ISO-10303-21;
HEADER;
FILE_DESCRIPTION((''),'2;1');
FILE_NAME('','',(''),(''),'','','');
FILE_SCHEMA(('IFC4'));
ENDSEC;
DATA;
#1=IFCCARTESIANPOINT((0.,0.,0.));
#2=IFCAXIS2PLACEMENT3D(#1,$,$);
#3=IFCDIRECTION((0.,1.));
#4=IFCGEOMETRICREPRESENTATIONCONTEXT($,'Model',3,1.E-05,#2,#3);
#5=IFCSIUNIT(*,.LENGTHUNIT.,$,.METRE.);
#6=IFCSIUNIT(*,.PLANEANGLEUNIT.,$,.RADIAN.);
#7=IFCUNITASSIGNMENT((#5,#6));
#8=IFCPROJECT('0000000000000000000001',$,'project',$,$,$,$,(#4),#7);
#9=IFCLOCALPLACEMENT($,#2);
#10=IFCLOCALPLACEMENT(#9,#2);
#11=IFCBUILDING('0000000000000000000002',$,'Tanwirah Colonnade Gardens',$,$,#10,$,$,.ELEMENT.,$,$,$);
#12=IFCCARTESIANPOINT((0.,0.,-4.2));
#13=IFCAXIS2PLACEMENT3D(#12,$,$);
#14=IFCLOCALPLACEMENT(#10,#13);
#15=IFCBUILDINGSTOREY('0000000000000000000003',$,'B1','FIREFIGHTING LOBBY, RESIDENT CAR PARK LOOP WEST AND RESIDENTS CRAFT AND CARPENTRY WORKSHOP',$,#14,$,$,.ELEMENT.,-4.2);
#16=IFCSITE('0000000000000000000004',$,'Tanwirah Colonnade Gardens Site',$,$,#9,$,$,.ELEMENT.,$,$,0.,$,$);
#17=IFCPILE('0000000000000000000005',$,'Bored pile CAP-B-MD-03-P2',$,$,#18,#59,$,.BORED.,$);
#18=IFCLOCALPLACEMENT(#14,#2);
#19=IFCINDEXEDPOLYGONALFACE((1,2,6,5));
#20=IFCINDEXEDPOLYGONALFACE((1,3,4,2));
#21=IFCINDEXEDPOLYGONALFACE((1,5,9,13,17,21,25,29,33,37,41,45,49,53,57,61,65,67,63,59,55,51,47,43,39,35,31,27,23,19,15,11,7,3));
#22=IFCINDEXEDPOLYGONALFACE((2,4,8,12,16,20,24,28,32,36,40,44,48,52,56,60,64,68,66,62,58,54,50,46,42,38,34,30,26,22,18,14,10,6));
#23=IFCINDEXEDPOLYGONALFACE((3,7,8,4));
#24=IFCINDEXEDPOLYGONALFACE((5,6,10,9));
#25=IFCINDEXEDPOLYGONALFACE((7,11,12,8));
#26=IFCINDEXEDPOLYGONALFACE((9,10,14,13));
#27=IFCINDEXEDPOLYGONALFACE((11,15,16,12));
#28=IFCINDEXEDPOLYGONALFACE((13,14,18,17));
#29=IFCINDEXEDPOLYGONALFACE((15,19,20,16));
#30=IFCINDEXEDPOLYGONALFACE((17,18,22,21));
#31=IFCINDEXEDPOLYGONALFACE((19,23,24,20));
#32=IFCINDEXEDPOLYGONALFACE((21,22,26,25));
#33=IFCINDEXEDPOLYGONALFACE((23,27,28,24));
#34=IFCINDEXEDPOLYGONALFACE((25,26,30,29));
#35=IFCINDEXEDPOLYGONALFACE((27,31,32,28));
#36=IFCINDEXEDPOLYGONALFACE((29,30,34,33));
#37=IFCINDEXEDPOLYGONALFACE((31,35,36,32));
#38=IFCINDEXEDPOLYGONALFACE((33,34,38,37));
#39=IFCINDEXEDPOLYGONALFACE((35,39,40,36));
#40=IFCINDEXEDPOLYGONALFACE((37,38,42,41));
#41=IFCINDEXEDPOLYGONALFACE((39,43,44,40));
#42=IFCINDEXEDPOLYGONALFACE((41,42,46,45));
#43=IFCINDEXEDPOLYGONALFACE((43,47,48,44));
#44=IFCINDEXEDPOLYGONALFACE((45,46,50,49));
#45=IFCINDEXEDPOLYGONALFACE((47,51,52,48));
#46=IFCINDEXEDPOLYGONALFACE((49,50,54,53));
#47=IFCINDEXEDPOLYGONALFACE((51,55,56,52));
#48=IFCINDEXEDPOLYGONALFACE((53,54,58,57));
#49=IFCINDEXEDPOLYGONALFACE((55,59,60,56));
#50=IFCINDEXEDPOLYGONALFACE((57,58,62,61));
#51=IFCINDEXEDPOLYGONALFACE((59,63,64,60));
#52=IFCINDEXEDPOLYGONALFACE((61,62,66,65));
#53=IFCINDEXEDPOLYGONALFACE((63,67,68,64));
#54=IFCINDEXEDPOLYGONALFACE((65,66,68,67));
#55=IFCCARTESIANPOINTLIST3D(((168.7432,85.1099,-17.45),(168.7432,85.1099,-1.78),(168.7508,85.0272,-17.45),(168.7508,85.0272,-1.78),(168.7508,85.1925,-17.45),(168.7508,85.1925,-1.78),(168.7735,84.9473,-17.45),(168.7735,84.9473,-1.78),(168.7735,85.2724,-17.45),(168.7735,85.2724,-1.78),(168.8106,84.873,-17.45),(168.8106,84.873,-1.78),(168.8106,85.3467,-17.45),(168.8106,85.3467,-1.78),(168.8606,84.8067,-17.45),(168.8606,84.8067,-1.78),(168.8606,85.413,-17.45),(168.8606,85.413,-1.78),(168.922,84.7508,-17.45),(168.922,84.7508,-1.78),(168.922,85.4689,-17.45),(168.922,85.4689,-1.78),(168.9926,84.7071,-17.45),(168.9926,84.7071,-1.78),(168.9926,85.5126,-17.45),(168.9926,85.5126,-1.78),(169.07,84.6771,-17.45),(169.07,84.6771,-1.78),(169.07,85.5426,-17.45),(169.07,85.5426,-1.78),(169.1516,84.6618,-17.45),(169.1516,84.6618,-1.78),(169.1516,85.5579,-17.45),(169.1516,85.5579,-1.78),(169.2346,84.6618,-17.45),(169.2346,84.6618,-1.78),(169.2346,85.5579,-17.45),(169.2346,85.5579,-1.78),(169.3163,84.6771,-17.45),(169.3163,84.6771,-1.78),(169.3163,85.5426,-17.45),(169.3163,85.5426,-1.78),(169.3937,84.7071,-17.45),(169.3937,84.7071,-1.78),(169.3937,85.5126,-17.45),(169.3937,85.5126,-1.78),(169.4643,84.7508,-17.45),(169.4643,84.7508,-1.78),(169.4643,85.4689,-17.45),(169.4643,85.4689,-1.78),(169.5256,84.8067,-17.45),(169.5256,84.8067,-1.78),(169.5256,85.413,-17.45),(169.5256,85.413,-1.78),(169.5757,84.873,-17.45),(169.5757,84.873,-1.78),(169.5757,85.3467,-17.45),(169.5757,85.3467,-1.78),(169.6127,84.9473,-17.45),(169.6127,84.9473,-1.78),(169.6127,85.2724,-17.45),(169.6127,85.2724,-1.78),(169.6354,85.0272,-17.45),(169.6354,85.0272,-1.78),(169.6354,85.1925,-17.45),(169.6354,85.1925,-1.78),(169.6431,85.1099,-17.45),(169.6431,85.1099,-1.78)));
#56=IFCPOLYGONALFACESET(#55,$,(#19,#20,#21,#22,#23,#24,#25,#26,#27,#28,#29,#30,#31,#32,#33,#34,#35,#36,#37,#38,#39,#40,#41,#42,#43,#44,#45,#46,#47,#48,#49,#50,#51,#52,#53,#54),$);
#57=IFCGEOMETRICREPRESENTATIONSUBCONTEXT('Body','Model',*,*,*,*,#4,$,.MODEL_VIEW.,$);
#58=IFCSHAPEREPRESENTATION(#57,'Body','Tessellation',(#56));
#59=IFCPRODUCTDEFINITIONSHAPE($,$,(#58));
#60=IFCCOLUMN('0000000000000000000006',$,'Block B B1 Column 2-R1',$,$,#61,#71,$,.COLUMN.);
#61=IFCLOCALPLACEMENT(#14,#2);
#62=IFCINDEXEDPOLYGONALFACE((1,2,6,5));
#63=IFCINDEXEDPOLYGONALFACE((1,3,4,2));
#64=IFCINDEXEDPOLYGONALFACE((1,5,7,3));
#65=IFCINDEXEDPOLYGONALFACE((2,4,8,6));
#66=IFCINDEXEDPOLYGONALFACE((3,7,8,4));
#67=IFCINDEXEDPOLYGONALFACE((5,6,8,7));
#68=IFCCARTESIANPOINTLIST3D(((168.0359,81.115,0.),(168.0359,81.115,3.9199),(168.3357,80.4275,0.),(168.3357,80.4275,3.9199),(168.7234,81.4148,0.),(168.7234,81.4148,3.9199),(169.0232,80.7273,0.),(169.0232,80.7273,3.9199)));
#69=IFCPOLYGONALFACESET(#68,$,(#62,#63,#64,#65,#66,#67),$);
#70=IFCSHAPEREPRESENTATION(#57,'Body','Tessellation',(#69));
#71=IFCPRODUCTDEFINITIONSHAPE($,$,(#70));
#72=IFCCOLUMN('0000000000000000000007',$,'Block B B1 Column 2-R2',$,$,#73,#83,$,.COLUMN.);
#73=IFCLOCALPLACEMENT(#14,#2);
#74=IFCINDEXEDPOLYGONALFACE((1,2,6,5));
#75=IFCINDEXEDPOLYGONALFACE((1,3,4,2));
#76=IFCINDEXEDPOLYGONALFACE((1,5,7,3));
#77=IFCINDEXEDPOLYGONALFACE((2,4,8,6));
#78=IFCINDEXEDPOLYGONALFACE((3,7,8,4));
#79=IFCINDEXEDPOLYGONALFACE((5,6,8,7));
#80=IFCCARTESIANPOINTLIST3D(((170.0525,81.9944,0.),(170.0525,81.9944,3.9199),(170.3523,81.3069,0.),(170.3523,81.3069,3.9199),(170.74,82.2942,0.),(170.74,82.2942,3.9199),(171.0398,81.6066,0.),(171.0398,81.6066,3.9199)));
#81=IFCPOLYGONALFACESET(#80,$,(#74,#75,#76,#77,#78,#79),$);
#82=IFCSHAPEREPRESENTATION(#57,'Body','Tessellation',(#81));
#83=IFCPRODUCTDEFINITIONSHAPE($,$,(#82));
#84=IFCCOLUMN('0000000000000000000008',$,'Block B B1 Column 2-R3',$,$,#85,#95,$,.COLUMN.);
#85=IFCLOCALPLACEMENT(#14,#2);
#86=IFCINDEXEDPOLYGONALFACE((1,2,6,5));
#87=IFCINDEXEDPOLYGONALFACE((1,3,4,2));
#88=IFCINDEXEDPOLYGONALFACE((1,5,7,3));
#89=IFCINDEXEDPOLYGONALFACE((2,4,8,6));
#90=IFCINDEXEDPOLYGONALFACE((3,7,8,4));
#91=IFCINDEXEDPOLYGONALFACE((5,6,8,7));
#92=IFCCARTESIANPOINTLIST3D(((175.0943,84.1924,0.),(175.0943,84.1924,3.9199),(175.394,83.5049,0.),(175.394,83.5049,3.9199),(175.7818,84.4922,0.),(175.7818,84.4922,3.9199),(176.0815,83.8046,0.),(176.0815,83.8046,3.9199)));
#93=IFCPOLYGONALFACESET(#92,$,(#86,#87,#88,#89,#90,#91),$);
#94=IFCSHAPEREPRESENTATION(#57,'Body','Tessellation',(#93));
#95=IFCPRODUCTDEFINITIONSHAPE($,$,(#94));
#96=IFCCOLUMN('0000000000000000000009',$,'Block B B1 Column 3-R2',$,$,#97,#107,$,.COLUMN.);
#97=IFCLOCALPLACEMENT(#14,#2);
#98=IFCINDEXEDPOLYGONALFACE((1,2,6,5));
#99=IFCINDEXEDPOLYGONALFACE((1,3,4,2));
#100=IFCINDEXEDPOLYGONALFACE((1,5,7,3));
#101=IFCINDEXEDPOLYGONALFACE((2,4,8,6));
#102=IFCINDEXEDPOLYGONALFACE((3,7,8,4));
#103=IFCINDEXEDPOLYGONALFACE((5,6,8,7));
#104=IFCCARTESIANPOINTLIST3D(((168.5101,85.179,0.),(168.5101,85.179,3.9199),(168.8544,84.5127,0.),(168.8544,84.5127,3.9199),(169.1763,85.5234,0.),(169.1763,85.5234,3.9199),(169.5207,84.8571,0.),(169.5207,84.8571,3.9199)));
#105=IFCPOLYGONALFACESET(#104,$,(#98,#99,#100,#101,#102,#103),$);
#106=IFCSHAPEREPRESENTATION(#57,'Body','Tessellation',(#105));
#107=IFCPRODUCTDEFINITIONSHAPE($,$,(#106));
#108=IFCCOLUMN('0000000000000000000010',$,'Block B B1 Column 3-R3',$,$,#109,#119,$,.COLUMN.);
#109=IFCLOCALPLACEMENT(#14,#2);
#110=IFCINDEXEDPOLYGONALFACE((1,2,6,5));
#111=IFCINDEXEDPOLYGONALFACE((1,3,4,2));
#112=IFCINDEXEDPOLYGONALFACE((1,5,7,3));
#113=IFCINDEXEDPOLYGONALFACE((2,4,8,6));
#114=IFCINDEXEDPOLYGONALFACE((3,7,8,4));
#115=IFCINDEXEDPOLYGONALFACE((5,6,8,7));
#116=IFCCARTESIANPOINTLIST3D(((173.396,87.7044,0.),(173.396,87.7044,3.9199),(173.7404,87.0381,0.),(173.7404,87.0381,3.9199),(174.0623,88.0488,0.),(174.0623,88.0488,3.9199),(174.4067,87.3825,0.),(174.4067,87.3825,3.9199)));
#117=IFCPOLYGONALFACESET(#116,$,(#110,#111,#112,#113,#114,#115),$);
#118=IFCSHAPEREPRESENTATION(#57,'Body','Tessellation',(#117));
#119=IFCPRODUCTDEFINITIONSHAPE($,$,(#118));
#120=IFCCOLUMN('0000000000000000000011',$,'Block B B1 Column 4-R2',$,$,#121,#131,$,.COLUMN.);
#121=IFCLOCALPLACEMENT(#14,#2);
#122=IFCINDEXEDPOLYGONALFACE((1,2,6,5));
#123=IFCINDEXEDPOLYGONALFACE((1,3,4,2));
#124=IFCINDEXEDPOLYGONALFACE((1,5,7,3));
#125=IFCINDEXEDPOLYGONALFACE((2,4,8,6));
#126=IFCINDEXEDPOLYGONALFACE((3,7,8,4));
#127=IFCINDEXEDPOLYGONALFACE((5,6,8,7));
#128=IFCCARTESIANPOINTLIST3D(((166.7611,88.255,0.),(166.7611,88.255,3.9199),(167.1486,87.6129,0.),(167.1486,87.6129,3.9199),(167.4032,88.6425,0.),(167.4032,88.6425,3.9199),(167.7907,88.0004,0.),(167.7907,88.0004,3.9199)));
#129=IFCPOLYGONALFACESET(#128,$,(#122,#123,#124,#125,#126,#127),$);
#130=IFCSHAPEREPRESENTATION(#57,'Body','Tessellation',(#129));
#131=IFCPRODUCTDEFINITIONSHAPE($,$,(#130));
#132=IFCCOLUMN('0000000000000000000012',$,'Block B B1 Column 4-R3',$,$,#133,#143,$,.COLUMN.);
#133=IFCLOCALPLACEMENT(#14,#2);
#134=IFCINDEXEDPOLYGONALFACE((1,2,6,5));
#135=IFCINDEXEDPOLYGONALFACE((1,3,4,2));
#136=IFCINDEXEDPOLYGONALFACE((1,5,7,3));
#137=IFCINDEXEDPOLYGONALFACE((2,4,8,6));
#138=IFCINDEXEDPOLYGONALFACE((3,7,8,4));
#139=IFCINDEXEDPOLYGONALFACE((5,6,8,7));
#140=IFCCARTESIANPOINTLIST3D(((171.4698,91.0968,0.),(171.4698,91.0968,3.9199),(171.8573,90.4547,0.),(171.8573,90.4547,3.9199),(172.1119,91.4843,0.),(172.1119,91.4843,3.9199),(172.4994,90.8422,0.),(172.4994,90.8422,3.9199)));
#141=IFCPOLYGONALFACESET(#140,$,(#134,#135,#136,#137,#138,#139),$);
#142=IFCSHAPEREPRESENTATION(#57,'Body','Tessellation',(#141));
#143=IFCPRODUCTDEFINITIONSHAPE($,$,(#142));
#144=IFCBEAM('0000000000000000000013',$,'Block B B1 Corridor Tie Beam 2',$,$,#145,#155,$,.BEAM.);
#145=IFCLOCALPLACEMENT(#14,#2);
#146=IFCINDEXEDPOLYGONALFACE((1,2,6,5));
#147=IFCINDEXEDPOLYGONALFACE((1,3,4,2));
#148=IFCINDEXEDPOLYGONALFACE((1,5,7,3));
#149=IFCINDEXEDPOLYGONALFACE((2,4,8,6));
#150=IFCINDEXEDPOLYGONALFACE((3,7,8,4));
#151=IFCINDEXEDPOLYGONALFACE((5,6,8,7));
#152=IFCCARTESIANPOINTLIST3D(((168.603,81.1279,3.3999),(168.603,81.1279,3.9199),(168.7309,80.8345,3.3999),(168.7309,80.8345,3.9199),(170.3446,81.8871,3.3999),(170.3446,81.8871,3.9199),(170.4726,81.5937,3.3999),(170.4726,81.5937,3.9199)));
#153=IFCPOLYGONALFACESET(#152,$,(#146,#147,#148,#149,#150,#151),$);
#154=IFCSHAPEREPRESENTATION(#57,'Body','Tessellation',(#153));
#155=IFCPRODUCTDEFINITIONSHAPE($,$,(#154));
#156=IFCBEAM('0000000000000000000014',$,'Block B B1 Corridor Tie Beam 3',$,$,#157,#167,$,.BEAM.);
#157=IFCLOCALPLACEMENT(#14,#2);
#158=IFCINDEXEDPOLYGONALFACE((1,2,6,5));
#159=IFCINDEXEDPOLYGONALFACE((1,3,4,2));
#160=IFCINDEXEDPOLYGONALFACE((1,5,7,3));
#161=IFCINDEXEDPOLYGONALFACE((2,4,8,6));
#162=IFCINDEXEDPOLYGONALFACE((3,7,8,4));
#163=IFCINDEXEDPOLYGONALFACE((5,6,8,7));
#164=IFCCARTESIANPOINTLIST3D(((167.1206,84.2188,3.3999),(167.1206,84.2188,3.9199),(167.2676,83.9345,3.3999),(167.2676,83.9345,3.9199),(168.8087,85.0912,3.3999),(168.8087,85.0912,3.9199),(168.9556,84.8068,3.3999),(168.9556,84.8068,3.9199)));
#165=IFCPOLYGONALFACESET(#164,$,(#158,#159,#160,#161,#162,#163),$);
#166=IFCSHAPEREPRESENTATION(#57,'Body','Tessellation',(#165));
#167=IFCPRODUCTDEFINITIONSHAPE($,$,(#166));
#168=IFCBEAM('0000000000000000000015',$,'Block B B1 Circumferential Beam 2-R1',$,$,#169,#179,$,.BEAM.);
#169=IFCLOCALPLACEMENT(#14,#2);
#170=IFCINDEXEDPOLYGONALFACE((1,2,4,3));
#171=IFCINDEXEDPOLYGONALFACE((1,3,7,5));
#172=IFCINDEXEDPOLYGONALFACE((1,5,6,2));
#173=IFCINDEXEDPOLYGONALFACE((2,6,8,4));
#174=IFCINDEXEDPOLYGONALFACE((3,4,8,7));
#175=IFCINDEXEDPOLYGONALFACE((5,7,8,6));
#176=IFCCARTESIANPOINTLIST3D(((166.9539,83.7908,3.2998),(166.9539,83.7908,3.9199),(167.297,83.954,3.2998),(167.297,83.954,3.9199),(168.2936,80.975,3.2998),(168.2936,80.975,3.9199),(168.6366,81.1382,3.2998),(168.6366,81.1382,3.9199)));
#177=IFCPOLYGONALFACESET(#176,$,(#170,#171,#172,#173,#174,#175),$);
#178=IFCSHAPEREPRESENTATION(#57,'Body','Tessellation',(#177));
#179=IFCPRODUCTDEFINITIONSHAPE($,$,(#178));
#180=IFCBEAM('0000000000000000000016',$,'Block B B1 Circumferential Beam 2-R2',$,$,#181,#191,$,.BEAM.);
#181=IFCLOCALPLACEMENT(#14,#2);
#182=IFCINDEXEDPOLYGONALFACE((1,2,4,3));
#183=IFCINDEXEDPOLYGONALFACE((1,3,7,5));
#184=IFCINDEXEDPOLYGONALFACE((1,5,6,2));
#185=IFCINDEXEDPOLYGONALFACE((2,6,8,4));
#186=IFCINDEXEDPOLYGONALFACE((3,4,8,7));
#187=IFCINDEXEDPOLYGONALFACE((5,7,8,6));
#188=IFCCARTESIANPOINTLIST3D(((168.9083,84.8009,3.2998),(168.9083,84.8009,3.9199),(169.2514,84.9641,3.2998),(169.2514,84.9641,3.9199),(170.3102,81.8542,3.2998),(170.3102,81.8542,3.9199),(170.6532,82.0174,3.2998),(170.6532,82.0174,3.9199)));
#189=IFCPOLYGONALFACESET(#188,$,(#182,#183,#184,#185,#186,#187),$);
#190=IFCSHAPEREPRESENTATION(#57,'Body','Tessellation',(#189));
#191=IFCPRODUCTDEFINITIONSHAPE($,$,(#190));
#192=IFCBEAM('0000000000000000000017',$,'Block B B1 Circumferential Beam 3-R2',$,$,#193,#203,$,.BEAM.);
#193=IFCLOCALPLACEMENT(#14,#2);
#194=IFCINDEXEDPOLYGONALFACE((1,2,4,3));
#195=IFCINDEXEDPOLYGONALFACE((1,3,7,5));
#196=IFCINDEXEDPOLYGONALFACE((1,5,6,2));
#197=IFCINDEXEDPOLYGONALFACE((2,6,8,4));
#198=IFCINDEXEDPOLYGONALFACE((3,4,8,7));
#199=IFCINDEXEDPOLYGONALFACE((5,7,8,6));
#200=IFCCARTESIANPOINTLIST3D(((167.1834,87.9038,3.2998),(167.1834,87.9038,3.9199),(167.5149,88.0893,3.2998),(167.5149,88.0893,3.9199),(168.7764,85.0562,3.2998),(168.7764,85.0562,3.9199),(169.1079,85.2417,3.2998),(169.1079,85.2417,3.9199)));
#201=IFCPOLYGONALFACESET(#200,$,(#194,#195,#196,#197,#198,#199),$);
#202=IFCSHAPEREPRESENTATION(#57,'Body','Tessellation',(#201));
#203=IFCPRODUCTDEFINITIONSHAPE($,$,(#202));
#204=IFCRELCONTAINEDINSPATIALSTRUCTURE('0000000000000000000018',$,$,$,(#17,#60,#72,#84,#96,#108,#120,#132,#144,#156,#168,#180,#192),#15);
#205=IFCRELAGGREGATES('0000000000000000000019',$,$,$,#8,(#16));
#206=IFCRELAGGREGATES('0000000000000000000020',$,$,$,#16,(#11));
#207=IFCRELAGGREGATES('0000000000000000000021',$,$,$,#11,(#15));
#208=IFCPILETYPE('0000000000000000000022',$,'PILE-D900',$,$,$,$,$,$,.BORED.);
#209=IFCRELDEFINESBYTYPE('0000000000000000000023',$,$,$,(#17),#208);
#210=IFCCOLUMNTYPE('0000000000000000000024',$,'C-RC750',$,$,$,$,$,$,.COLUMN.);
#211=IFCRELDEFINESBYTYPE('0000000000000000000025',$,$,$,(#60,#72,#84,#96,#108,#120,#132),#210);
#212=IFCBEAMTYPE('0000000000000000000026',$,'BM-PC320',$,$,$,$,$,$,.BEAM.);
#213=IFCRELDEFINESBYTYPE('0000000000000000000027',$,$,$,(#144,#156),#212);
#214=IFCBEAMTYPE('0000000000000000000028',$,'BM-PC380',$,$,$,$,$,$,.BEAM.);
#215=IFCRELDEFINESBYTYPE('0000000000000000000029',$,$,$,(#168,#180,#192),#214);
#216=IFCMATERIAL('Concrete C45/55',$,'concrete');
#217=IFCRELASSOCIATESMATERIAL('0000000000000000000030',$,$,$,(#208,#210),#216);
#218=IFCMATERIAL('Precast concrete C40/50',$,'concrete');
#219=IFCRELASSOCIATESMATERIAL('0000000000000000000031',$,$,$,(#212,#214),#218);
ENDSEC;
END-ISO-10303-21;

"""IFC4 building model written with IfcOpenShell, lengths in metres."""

from ifc_helpers import new_model, si_unit, direction, frame, origin, origin_2d, place, context, subcontext, project, spatial, rectangle, circle, extrude, material, material_profile, profile_set, type_object, element, save


model = new_model("IFC4")

# Units and contexts
model_context = context("Model", 3, precision=1e-05, world=origin(), true_north=direction((0.0, 1.0)))
body_context = subcontext(model_context, "Body", "Model", "MODEL_VIEW")
ifc_project = project(units=[si_unit("LENGTHUNIT", "METRE"), si_unit("PLANEANGLEUNIT", "RADIAN")], contexts=[model_context])

# Site, building, storey
site_placement = place(None, origin())
site = spatial("IfcSite", under=ifc_project, at=site_placement, Name="Tanwirah Colonnade Gardens Site", CompositionType="ELEMENT", RefElevation=0.0)
building_placement = place(site_placement, origin())
building = spatial("IfcBuilding", under=site, at=building_placement, Name="Tanwirah Colonnade Gardens", CompositionType="ELEMENT")
storey_placement = place(building_placement, frame((0.0, 0.0, -4.2)))
storey = spatial("IfcBuildingStorey", under=building, at=storey_placement, Name="B1", Description="FIREFIGHTING LOBBY, RESIDENT CAR PARK LOOP WEST AND RESIDENTS CRAFT AND CARPENTRY WORKSHOP", CompositionType="ELEMENT", Elevation=-4.2)

# Shared definitions
ifc_material_1 = material(Name="Concrete C45/55", Category="concrete")

# Pile
ifc_material_profile_1 = material_profile(ifc_material_1, circle(Radius=0.45, at=origin_2d()), Name="PILE D900")
ifc_profile_set_1 = profile_set([ifc_material_profile_1], Name="Concrete C45/55")
pile_type_1 = type_object("IfcPileType", Name="PILE-D900", PredefinedType="BORED", material=ifc_profile_set_1)
for number, where, z_axis, x_axis, name in (
    (1, (169.1931, 85.1099, -1.78), (0.0, 0.0, -1.0), (1.0, 0.0, 0.0), "Bored pile CAP-B-MD-03-P2"),
):
    element("IfcPile", number, at=place(storey_placement, frame(where, z_axis=z_axis, x_axis=x_axis)), inside=storey, type_object=pile_type_1, Name=name, PredefinedType="BORED", context=body_context, shape_type="SweptSolid", body=[
        extrude(circle(Radius=0.45, at=origin_2d()), origin(), (0.0, 0.0, 1.0), 15.6699),
    ])

# Columns
ifc_material_profile_2 = material_profile(ifc_material_1, rectangle(XDim=0.75, YDim=0.75, at=origin_2d()), Name="RC-COL 750x750")
ifc_profile_set_2 = profile_set([ifc_material_profile_2], Name="Concrete C45/55")
column_type = type_object("IfcColumnType", Name="C-RC750", PredefinedType="COLUMN", material=ifc_profile_set_2)
for number, where, z_axis, x_axis, name in (
    (2, (168.5295, 80.9211, 0.0), (0.0, 0.0, 1.0), (0.916673, 0.399638, 0.0), "Block B B1 Column 2-R1"),
    (3, (170.5461, 81.8005, 0.0), (0.0, 0.0, 1.0), (0.916673, 0.399638, 0.0), "Block B B1 Column 2-R2"),
    (4, (175.5879, 83.9985, 0.0), (0.0, 0.0, 1.0), (0.916673, 0.399638, 0.0), "Block B B1 Column 2-R3"),
    (5, (169.0154, 85.0181, 0.0), (0.0, 0.0, 1.0), (0.88835, 0.459166, 0.0), "Block B B1 Column 3-R2"),
    (6, (173.9014, 87.5435, 0.0), (0.0, 0.0, 1.0), (0.88835, 0.459166, 0.0), "Block B B1 Column 3-R3"),
    (7, (167.2759, 88.1277, 0.0), (0.0, 0.0, 1.0), (0.856167, 0.516699, 0.0), "Block B B1 Column 4-R2"),
    (8, (171.9846, 90.9695, 0.0), (0.0, 0.0, 1.0), (0.856167, 0.516699, 0.0), "Block B B1 Column 4-R3"),
):
    element("IfcColumn", number, at=place(storey_placement, frame(where, z_axis=z_axis, x_axis=x_axis)), inside=storey, type_object=column_type, Name=name, PredefinedType="COLUMN", context=body_context, shape_type="SweptSolid", body=[
        extrude(rectangle(XDim=0.75, YDim=0.75, at=origin_2d()), origin(), (0.0, 0.0, 1.0), 3.9199),
    ])

# Beams
ifc_material_2 = material(Name="Precast concrete C40/50", Category="concrete")
ifc_material_profile_3 = material_profile(ifc_material_2, rectangle(XDim=0.3201, YDim=0.52, at=origin_2d()), Name="PC-BM 320x520")
ifc_profile_set_3 = profile_set([ifc_material_profile_3], Name="Precast concrete C40/50")
beam_type_1 = type_object("IfcBeamType", Name="BM-PC320", PredefinedType="BEAM", material=ifc_profile_set_3)
beam_1_placement = place(storey_placement, frame((168.667, 80.9812, 3.6599), z_axis=(0.916681, 0.399619, 0.0), x_axis=(-0.399619, 0.916681, 0.0)))
element("IfcBeam", 9, at=beam_1_placement, inside=storey, type_object=beam_type_1, Name="Block B B1 Corridor Tie Beam 2", PredefinedType="BEAM", context=body_context, shape_type="SweptSolid", body=[
    extrude(rectangle(XDim=0.3201, YDim=0.52, at=origin_2d()), origin(), (0.0, 0.0, 1.0), 1.8999),
])
beam_2_placement = place(storey_placement, frame((167.1941, 84.0767, 3.6599), z_axis=(0.888386, 0.459098, 0.0), x_axis=(-0.459098, 0.888386, 0.0)))
element("IfcBeam", 10, at=beam_2_placement, inside=storey, type_object=beam_type_1, Name="Block B B1 Corridor Tie Beam 3", PredefinedType="BEAM", context=body_context, shape_type="SweptSolid", body=[
    extrude(rectangle(XDim=0.3201, YDim=0.52, at=origin_2d()), origin(), (0.0, 0.0, 1.0), 1.9001),
])
ifc_material_profile_4 = material_profile(ifc_material_2, rectangle(XDim=0.3799, YDim=0.6201, at=origin_2d()), Name="PC-BM 380x620")
ifc_profile_set_4 = profile_set([ifc_material_profile_4], Name="Precast concrete C40/50")
beam_type_2 = type_object("IfcBeamType", Name="BM-PC380", PredefinedType="BEAM", material=ifc_profile_set_4)
beam_3_placement = place(storey_placement, frame((168.4651, 81.0566, 3.6099), z_axis=(-0.429621, 0.90301, 0.0), x_axis=(-0.90301, -0.429621, 0.0)))
element("IfcBeam", 11, at=beam_3_placement, inside=storey, type_object=beam_type_2, Name="Block B B1 Circumferential Beam 2-R1", PredefinedType="BEAM", context=body_context, shape_type="SweptSolid", body=[
    extrude(rectangle(XDim=0.3799, YDim=0.6201, at=origin_2d()), origin(), (0.0, 0.0, 1.0), 3.1182),
])
beam_4_placement = place(storey_placement, frame((170.4817, 81.9358, 3.6099), z_axis=(-0.429591, 0.903024, 0.0), x_axis=(-0.903024, -0.429591, 0.0)))
element("IfcBeam", 12, at=beam_4_placement, inside=storey, type_object=beam_type_2, Name="Block B B1 Circumferential Beam 2-R2", PredefinedType="BEAM", context=body_context, shape_type="SweptSolid", body=[
    extrude(rectangle(XDim=0.3799, YDim=0.6201, at=origin_2d()), origin(), (0.0, 0.0, 1.0), 3.2632),
])
for number, where, z_axis, x_axis, name in (
    (13, (168.9421, 85.1489, 3.6099), (-0.488214, 0.872724, 0.0), (-0.872724, -0.488214, 0.0), "Block B B1 Circumferential Beam 3-R2"),
):
    element("IfcBeam", number, at=place(storey_placement, frame(where, z_axis=z_axis, x_axis=x_axis)), inside=storey, type_object=beam_type_2, Name=name, PredefinedType="BEAM", context=body_context, shape_type="SweptSolid", body=[
        extrude(rectangle(XDim=0.3799, YDim=0.6201, at=origin_2d()), origin(), (0.0, 0.0, 1.0), 3.2629),
    ])

save(model, "model.ifc")
